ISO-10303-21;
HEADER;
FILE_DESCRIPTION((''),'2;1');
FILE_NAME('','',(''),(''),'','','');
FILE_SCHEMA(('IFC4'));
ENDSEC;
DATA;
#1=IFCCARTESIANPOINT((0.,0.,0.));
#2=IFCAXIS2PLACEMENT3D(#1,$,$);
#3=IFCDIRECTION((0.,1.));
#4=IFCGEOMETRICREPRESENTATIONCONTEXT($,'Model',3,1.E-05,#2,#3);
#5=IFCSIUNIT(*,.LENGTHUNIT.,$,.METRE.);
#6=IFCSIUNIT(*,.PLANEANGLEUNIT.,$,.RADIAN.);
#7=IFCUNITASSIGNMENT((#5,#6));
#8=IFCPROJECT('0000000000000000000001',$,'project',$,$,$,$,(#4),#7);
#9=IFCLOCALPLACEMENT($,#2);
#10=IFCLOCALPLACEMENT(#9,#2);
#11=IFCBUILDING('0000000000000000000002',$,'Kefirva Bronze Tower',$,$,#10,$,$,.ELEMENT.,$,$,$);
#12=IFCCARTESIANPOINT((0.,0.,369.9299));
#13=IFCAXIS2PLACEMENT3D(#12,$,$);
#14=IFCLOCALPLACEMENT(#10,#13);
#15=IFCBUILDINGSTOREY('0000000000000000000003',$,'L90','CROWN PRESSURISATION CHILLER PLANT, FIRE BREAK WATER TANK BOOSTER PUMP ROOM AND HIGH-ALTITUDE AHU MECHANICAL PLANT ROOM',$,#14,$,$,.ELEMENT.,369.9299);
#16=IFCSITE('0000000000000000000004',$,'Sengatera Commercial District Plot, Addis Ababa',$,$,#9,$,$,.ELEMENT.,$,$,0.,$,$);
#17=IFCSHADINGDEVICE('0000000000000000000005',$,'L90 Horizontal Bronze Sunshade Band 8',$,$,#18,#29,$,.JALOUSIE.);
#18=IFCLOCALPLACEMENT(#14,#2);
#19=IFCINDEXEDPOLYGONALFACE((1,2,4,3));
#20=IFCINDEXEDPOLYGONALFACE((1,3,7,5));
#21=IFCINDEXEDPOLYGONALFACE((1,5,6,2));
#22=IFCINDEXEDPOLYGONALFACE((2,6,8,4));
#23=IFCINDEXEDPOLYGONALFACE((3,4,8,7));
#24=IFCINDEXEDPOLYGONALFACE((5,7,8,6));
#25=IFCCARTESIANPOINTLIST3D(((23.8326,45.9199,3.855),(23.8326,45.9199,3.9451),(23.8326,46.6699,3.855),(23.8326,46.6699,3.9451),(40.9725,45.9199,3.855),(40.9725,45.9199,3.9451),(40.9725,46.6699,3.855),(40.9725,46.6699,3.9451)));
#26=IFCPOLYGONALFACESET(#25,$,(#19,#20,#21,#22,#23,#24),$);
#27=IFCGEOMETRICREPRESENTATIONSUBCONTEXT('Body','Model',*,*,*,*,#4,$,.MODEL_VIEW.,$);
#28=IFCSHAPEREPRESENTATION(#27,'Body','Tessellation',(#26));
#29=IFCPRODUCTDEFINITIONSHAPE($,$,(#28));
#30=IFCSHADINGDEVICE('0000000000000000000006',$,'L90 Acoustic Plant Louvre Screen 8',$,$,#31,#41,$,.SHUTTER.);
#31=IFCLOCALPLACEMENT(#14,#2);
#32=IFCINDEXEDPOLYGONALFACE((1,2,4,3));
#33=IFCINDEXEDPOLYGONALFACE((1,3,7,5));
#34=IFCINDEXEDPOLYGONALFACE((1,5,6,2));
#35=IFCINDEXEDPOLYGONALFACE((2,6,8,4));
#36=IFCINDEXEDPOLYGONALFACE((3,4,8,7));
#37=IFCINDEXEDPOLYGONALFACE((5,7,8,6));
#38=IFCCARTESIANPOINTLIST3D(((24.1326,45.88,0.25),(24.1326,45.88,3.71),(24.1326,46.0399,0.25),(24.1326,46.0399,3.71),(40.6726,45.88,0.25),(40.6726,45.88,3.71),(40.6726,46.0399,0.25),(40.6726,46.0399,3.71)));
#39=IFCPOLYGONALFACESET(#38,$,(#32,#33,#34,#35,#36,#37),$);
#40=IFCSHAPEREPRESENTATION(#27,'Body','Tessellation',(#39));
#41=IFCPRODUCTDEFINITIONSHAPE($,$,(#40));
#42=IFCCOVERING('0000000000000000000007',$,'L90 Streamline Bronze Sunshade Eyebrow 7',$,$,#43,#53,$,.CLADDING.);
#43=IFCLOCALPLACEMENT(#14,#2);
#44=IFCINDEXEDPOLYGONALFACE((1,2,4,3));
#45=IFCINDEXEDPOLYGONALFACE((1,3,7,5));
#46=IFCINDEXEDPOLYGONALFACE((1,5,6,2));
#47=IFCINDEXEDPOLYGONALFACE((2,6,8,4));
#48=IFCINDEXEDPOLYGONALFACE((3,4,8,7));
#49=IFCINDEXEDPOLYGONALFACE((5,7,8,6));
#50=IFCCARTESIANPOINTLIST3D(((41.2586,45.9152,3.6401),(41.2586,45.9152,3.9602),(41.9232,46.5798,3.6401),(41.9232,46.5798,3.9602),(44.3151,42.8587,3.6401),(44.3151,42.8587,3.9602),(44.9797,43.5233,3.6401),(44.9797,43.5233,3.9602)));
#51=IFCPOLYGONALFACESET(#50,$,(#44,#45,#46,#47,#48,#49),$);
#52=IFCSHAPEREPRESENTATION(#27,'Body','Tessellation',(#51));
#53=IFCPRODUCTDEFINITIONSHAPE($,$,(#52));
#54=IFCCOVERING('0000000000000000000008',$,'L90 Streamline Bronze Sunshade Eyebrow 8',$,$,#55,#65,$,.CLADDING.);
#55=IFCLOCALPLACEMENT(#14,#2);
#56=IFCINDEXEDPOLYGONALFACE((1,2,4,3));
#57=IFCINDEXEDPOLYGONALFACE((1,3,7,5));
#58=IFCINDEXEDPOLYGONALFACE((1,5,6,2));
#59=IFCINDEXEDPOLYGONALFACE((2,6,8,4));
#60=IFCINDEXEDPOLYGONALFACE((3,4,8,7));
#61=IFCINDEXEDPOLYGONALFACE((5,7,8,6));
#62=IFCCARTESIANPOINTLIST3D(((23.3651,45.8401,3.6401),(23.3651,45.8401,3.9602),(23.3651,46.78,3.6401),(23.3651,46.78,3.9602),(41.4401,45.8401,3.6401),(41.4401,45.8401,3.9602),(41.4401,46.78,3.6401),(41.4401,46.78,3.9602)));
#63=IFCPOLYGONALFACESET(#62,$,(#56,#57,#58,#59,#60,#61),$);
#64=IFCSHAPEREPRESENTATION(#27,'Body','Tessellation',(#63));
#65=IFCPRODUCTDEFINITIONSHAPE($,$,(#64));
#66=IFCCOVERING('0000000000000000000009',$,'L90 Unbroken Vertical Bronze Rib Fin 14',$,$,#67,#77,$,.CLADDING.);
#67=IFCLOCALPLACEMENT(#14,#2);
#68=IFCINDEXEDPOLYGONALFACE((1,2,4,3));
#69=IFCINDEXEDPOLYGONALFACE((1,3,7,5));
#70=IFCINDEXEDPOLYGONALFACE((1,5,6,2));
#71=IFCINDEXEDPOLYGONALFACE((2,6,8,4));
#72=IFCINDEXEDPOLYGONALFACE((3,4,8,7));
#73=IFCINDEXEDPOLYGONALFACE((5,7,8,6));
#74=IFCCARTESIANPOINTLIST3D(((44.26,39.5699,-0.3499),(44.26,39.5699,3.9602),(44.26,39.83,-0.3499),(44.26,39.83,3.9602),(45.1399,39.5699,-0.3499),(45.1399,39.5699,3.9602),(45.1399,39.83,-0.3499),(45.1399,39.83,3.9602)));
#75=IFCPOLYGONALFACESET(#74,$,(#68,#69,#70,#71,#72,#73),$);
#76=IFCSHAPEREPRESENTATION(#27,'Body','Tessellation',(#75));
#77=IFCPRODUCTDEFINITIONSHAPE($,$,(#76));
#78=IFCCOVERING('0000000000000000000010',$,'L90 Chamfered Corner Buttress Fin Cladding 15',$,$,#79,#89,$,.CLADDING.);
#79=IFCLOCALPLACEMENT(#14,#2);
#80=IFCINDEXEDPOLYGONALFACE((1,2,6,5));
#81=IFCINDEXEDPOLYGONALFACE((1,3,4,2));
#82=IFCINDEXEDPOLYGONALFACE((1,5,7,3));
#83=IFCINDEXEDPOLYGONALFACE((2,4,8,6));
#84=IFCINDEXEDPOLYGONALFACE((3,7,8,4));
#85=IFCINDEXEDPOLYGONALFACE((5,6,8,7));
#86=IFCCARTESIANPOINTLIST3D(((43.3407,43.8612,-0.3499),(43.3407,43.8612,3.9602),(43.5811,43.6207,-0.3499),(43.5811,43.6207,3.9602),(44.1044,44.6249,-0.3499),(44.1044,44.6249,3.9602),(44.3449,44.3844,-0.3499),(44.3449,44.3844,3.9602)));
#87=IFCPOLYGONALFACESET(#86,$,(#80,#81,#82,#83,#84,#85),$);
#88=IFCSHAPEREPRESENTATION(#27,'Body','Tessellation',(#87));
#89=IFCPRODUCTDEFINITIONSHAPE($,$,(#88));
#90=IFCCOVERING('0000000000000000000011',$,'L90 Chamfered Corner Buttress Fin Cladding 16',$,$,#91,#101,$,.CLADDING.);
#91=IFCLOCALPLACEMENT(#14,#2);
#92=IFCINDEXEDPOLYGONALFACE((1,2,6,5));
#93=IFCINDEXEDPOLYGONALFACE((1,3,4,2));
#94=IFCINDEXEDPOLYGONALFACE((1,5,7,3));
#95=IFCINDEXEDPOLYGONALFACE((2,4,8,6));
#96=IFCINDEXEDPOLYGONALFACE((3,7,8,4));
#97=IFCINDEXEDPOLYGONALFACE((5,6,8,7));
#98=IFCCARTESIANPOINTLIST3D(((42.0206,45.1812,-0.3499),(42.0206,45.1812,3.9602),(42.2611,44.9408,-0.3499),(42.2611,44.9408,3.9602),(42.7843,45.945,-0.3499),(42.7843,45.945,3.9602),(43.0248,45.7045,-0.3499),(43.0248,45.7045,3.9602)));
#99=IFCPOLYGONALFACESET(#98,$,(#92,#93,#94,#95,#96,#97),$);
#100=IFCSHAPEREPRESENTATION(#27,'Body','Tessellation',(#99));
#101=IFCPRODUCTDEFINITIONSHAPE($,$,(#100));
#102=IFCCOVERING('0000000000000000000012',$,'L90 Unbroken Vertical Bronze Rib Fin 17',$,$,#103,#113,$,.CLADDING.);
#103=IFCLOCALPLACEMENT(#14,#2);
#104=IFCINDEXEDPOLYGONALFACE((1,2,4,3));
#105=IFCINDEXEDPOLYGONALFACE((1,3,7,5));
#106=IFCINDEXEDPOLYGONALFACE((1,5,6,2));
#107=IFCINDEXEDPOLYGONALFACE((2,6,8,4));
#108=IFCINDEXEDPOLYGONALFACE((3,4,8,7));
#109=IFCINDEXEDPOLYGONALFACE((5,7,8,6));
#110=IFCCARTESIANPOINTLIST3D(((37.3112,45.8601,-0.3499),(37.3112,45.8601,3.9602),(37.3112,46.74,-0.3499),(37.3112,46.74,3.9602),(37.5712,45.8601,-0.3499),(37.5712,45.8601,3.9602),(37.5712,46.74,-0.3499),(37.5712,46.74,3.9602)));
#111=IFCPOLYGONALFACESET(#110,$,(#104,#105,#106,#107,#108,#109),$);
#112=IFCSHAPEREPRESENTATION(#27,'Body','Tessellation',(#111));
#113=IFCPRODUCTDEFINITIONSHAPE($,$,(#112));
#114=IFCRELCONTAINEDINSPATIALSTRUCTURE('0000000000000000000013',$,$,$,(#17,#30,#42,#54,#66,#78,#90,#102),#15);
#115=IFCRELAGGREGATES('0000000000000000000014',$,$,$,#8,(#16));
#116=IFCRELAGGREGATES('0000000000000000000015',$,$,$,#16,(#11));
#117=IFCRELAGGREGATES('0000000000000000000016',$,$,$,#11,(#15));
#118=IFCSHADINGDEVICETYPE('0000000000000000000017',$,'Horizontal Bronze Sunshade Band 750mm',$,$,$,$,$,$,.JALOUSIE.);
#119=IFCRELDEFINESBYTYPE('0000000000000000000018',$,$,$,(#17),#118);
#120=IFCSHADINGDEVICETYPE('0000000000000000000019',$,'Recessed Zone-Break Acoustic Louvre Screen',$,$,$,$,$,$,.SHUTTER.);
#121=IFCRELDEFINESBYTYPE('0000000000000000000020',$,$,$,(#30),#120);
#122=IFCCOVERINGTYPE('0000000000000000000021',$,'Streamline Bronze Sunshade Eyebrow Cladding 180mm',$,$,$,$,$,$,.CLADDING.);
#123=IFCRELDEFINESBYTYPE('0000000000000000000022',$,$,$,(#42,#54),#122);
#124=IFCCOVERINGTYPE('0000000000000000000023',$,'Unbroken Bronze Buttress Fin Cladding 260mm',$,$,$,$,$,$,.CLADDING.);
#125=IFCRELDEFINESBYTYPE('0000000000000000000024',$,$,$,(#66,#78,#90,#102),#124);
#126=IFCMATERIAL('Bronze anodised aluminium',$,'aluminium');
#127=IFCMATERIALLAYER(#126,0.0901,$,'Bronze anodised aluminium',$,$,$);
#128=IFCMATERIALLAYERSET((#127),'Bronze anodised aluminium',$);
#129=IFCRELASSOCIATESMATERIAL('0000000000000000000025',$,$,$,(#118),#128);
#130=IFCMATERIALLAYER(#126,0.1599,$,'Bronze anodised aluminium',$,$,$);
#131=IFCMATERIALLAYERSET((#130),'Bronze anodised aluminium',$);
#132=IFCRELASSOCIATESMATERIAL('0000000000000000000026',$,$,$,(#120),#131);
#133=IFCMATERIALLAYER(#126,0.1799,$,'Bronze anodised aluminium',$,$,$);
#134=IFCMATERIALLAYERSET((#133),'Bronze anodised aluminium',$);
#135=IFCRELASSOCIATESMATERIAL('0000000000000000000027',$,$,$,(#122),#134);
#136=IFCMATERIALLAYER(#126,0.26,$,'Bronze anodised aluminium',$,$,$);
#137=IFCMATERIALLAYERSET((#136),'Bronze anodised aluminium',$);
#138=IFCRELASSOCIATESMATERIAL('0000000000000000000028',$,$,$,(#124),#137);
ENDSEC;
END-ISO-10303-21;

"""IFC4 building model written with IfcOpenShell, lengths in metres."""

from ifc_helpers import new_model, si_unit, direction, frame, origin, origin_2d, place, context, subcontext, project, spatial, rectangle, extrude, material, layer, layer_set, type_object, element, save


model = new_model("IFC4")

# Units and contexts
model_context = context("Model", 3, precision=1e-05, world=origin(), true_north=direction((0.0, 1.0)))
body_context = subcontext(model_context, "Body", "Model", "MODEL_VIEW")
ifc_project = project(units=[si_unit("LENGTHUNIT", "METRE"), si_unit("PLANEANGLEUNIT", "RADIAN")], contexts=[model_context])

# Site, building, storey
site_placement = place(None, origin())
site = spatial("IfcSite", under=ifc_project, at=site_placement, Name="Sengatera Commercial District Plot, Addis Ababa", CompositionType="ELEMENT", RefElevation=0.0)
building_placement = place(site_placement, origin())
building = spatial("IfcBuilding", under=site, at=building_placement, Name="Kefirva Bronze Tower", CompositionType="ELEMENT")
storey_placement = place(building_placement, frame((0.0, 0.0, 369.9299)))
storey = spatial("IfcBuildingStorey", under=building, at=storey_placement, Name="L90", Description="CROWN PRESSURISATION CHILLER PLANT, FIRE BREAK WATER TANK BOOSTER PUMP ROOM AND HIGH-ALTITUDE AHU MECHANICAL PLANT ROOM", CompositionType="ELEMENT", Elevation=369.9299)

# Shared definitions
ifc_material_1 = material(Name="Bronze anodised aluminium", Category="aluminium")

# Shading devices
ifc_layer_1 = layer(ifc_material_1, 0.0901, Name="Bronze anodised aluminium")
ifc_layer_set_1 = layer_set([ifc_layer_1], Name="Bronze anodised aluminium")
shading_device_type_1 = type_object("IfcShadingDeviceType", Name="Horizontal Bronze Sunshade Band 750mm", PredefinedType="JALOUSIE", material=ifc_layer_set_1)
shading_device_1_placement = place(storey_placement, frame((32.4026, 46.2949, 3.855), z_axis=(0.0, 0.0, 1.0), x_axis=(-1.0, 0.0, 0.0)))
element("IfcShadingDevice", 1, at=shading_device_1_placement, inside=storey, type_object=shading_device_type_1, Name="L90 Horizontal Bronze Sunshade Band 8", PredefinedType="JALOUSIE", context=body_context, shape_type="SweptSolid", body=[
    extrude(rectangle(XDim=17.1399, YDim=0.75, at=origin_2d()), origin(), (0.0, 0.0, 1.0), 0.0901),
])
ifc_layer_2 = layer(ifc_material_1, 0.1599, Name="Bronze anodised aluminium")
ifc_layer_set_2 = layer_set([ifc_layer_2], Name="Bronze anodised aluminium")
shading_device_type_2 = type_object("IfcShadingDeviceType", Name="Recessed Zone-Break Acoustic Louvre Screen", PredefinedType="SHUTTER", material=ifc_layer_set_2)
shading_device_2_placement = place(storey_placement, frame((32.4026, 45.96, 0.25), z_axis=(0.0, 0.0, 1.0), x_axis=(-1.0, 0.0, 0.0)))
element("IfcShadingDevice", 2, at=shading_device_2_placement, inside=storey, type_object=shading_device_type_2, Name="L90 Acoustic Plant Louvre Screen 8", PredefinedType="SHUTTER", context=body_context, shape_type="SweptSolid", body=[
    extrude(rectangle(XDim=16.54, YDim=0.1599, at=origin_2d()), origin(), (0.0, 0.0, 1.0), 3.46),
])

# Coverings
ifc_layer_3 = layer(ifc_material_1, 0.1799, Name="Bronze anodised aluminium")
ifc_layer_set_3 = layer_set([ifc_layer_3], Name="Bronze anodised aluminium")
covering_type_1 = type_object("IfcCoveringType", Name="Streamline Bronze Sunshade Eyebrow Cladding 180mm", PredefinedType="CLADDING", material=ifc_layer_set_3)
covering_1_placement = place(storey_placement, frame((43.1191, 44.7192, 3.6401), z_axis=(0.0, 0.0, 1.0), x_axis=(-0.707107, 0.707107, 0.0)))
element("IfcCovering", 3, at=covering_1_placement, inside=storey, type_object=covering_type_1, Name="L90 Streamline Bronze Sunshade Eyebrow 7", PredefinedType="CLADDING", context=body_context, shape_type="SweptSolid", body=[
    extrude(rectangle(XDim=4.3225, YDim=0.9399, at=origin_2d()), origin(), (0.0, 0.0, 1.0), 0.3201),
])
covering_2_placement = place(storey_placement, frame((32.4026, 46.3101, 3.6401), z_axis=(0.0, 0.0, 1.0), x_axis=(-1.0, 0.0, 0.0)))
element("IfcCovering", 4, at=covering_2_placement, inside=storey, type_object=covering_type_1, Name="L90 Streamline Bronze Sunshade Eyebrow 8", PredefinedType="CLADDING", context=body_context, shape_type="SweptSolid", body=[
    extrude(rectangle(XDim=18.075, YDim=0.9399, at=origin_2d()), origin(), (0.0, 0.0, 1.0), 0.3201),
])
ifc_layer_4 = layer(ifc_material_1, 0.26, Name="Bronze anodised aluminium")
ifc_layer_set_4 = layer_set([ifc_layer_4], Name="Bronze anodised aluminium")
covering_type_2 = type_object("IfcCoveringType", Name="Unbroken Bronze Buttress Fin Cladding 260mm", PredefinedType="CLADDING", material=ifc_layer_set_4)
covering_3_placement = place(storey_placement, frame((44.7, 39.7, -0.3499), z_axis=(0.0, 0.0, 1.0), x_axis=(0.0, 1.0, 0.0)))
element("IfcCovering", 5, at=covering_3_placement, inside=storey, type_object=covering_type_2, Name="L90 Unbroken Vertical Bronze Rib Fin 14", PredefinedType="CLADDING", context=body_context, shape_type="SweptSolid", body=[
    extrude(rectangle(XDim=0.26, YDim=0.8799, at=origin_2d()), origin(), (0.0, 0.0, 1.0), 4.3101),
])
for number, where, z_axis, x_axis, name in (
    (6, (43.8428, 44.1228, -0.3499), (0.0, 0.0, 1.0), (-0.707107, 0.707107, 0.0), "L90 Chamfered Corner Buttress Fin Cladding 15"),
    (7, (42.5227, 45.4429, -0.3499), (0.0, 0.0, 1.0), (-0.707107, 0.707107, 0.0), "L90 Chamfered Corner Buttress Fin Cladding 16"),
):
    element("IfcCovering", number, at=place(storey_placement, frame(where, z_axis=z_axis, x_axis=x_axis)), inside=storey, type_object=covering_type_2, Name=name, PredefinedType="CLADDING", context=body_context, shape_type="SweptSolid", body=[
        extrude(rectangle(XDim=0.3401, YDim=1.0801, at=origin_2d()), origin(), (0.0, 0.0, 1.0), 4.3101),
    ])
covering_4_placement = place(storey_placement, frame((37.4412, 46.3, -0.3499), z_axis=(0.0, 0.0, 1.0), x_axis=(-1.0, 0.0, 0.0)))
element("IfcCovering", 8, at=covering_4_placement, inside=storey, type_object=covering_type_2, Name="L90 Unbroken Vertical Bronze Rib Fin 17", PredefinedType="CLADDING", context=body_context, shape_type="SweptSolid", body=[
    extrude(rectangle(XDim=0.26, YDim=0.8799, at=origin_2d()), origin(), (0.0, 0.0, 1.0), 4.3101),
])

save(model, "model.ifc")
